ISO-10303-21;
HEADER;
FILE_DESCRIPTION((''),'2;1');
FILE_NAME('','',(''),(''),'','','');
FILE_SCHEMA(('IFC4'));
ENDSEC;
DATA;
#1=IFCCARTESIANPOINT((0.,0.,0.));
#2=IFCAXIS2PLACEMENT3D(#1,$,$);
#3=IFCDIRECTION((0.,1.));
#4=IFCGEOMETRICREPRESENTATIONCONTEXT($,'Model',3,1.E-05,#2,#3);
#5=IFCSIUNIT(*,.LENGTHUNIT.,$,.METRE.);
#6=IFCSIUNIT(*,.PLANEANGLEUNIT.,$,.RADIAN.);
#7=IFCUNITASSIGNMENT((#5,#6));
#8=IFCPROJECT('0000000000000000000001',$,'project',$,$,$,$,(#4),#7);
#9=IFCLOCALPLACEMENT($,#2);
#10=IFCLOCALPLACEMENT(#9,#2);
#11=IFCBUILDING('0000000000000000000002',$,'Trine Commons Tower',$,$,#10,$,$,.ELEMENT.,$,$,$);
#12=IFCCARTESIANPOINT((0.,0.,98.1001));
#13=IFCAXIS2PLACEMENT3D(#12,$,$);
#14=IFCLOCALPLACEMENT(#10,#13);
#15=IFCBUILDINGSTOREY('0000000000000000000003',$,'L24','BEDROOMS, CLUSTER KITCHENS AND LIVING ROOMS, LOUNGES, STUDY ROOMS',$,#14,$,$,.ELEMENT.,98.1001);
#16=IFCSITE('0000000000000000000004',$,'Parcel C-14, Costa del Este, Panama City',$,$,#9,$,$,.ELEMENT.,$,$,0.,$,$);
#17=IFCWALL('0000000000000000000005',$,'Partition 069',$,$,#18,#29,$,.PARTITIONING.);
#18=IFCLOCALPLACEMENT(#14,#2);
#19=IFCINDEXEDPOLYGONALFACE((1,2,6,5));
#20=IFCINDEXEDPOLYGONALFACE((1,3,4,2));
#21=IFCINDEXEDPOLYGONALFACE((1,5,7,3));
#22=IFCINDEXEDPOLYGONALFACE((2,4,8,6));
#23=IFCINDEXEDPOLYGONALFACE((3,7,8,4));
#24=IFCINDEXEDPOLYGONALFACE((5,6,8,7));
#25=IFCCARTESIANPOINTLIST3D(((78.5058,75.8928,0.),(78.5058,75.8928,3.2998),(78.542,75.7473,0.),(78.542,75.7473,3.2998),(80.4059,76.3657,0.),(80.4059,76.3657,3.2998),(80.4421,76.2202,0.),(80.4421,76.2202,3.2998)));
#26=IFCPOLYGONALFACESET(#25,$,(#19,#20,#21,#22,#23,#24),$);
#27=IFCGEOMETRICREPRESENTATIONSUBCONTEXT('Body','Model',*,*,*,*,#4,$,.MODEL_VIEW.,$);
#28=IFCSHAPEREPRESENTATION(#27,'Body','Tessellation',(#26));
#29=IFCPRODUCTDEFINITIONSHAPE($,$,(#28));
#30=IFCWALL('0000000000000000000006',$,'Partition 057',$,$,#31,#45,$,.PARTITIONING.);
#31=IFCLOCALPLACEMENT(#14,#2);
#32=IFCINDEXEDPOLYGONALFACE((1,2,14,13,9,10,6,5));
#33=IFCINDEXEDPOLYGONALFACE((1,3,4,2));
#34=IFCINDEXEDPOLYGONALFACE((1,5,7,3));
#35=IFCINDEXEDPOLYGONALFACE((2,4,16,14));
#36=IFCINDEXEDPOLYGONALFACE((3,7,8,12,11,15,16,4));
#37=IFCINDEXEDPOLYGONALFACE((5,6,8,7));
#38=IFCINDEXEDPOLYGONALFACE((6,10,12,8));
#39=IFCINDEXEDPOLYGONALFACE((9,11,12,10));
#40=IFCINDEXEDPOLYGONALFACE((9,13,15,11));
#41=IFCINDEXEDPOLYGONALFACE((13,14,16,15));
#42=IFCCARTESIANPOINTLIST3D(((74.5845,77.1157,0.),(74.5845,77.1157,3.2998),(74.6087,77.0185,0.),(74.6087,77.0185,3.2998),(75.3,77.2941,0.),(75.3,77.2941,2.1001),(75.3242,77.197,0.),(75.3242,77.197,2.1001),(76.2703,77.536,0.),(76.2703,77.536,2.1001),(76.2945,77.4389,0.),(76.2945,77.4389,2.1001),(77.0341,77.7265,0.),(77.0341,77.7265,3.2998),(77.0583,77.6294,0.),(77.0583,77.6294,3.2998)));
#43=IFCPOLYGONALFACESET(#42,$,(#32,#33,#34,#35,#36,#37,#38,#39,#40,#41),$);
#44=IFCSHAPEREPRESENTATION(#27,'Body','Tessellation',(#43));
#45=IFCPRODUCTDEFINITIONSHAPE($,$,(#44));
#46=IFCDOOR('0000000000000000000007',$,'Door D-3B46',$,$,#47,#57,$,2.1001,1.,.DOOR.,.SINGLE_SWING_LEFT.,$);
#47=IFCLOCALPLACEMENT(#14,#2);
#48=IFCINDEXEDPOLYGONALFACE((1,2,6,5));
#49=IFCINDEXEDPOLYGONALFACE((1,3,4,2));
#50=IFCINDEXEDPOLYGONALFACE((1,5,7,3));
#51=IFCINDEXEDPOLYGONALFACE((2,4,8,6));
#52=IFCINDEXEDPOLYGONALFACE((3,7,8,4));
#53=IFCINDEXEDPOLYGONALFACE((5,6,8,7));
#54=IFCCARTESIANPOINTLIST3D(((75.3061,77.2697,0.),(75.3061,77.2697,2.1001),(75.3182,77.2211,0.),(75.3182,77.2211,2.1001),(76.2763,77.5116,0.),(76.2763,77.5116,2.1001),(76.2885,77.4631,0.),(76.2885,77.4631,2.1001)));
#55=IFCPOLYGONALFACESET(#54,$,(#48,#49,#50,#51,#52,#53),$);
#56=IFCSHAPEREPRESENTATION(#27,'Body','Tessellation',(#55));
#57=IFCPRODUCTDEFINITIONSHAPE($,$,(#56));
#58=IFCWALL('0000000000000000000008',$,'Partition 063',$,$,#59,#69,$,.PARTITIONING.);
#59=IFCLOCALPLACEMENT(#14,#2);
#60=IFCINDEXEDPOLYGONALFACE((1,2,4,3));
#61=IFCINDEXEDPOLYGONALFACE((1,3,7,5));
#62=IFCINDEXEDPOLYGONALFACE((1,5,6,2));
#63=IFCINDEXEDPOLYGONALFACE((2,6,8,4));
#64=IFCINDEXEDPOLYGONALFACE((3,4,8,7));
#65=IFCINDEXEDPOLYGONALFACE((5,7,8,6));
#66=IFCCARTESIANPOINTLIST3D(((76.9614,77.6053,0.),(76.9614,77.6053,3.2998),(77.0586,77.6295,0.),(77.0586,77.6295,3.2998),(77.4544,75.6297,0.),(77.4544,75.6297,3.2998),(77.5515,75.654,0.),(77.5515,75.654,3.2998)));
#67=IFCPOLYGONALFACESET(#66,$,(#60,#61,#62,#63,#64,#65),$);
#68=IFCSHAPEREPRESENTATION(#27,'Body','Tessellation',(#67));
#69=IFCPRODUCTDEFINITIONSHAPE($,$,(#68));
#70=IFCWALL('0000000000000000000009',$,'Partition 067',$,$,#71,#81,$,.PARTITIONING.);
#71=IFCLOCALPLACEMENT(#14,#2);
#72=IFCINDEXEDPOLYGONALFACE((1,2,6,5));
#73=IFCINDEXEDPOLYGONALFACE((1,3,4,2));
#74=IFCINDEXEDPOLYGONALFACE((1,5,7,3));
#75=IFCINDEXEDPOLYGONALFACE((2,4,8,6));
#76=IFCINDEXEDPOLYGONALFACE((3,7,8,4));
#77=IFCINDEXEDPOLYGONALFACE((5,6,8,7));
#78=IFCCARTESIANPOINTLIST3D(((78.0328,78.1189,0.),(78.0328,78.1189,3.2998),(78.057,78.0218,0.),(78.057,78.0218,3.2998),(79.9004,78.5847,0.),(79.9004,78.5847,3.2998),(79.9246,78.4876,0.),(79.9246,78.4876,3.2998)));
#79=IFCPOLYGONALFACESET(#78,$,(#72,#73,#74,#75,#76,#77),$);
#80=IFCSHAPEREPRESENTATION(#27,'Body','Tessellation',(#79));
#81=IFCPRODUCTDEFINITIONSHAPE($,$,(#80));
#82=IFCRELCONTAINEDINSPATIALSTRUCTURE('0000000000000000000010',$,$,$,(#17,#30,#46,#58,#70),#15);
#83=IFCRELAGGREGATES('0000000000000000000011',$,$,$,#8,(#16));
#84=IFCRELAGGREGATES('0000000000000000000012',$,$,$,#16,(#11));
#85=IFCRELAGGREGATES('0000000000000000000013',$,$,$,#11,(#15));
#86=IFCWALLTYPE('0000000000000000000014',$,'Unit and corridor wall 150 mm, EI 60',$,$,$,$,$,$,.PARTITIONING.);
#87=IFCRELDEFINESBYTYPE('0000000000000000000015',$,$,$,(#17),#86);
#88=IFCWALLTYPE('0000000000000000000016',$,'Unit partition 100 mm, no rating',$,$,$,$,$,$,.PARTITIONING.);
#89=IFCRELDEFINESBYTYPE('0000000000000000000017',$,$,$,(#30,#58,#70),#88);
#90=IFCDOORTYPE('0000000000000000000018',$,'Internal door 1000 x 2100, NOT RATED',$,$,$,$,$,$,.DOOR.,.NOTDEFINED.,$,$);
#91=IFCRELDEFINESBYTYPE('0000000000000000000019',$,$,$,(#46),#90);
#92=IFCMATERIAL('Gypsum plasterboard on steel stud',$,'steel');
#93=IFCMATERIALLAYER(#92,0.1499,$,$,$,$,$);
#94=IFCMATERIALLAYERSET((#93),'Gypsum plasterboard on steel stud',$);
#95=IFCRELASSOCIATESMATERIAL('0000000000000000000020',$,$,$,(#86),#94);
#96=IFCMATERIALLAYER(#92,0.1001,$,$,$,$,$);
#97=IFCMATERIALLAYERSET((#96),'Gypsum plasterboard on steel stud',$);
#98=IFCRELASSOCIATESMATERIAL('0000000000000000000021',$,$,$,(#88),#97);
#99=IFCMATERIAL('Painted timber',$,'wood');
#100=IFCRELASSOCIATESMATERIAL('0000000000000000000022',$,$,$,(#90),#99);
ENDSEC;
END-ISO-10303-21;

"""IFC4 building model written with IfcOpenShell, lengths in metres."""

from ifc_helpers import new_model, si_unit, direction, frame, frame_2d, origin, place, context, subcontext, project, spatial, rectangle, extrude, material, layer, layer_set, type_object, element, fill, save


model = new_model("IFC4")

# Units and contexts
model_context = context("Model", 3, precision=1e-05, world=origin(), true_north=direction((0.0, 1.0)))
body_context = subcontext(model_context, "Body", "Model", "MODEL_VIEW")
ifc_project = project(units=[si_unit("LENGTHUNIT", "METRE"), si_unit("PLANEANGLEUNIT", "RADIAN")], contexts=[model_context])

# Site, building, storey
site_placement = place(None, origin())
site = spatial("IfcSite", under=ifc_project, at=site_placement, Name="Parcel C-14, Costa del Este, Panama City", CompositionType="ELEMENT", RefElevation=0.0)
building_placement = place(site_placement, origin())
building = spatial("IfcBuilding", under=site, at=building_placement, Name="Trine Commons Tower", CompositionType="ELEMENT")
storey_placement = place(building_placement, frame((0.0, 0.0, 98.1001)))
storey = spatial("IfcBuildingStorey", under=building, at=storey_placement, Name="L24", Description="BEDROOMS, CLUSTER KITCHENS AND LIVING ROOMS, LOUNGES, STUDY ROOMS", CompositionType="ELEMENT", Elevation=98.1001)

# Shared definitions
ifc_material_1 = material(Name="Gypsum plasterboard on steel stud", Category="steel")
ifc_layer_1 = layer(ifc_material_1, 0.1499)
ifc_layer_set_1 = layer_set([ifc_layer_1], Name="Gypsum plasterboard on steel stud")
wall_type_1 = type_object("IfcWallType", Name="Unit and corridor wall 150 mm, EI 60", PredefinedType="PARTITIONING", material=ifc_layer_set_1)

# Wall
wall_1_placement = place(storey_placement, frame((78.5239, 75.8201, 0.0), z_axis=(0.0, 0.0, 1.0), x_axis=(0.970399, 0.241509, 0.0)))
element("IfcWall", 1, at=wall_1_placement, inside=storey, type_object=wall_type_1, Name="Partition 069", PredefinedType="PARTITIONING", context=body_context, shape_type="SweptSolid", body=[
    extrude(rectangle(XDim=1.958, YDim=0.1499, at=frame_2d((0.979, 0.0))), origin(), (0.0, 0.0, 1.0), 3.2998),
])

# Wall, opening, door
ifc_layer_2 = layer(ifc_material_1, 0.1001)
ifc_layer_set_2 = layer_set([ifc_layer_2], Name="Gypsum plasterboard on steel stud")
wall_type_2 = type_object("IfcWallType", Name="Unit partition 100 mm, no rating", PredefinedType="PARTITIONING", material=ifc_layer_set_2)
wall_2_placement = place(storey_placement, frame((74.5967, 77.0671, 0.0), z_axis=(0.0, 0.0, 1.0), x_axis=(0.97029, 0.241944, 0.0)))
wall_2 = element("IfcWall", 2, at=wall_2_placement, inside=storey, type_object=wall_type_2, Name="Partition 057", PredefinedType="PARTITIONING", context=body_context, shape_type="SweptSolid", body=[
    extrude(rectangle(XDim=2.5247, YDim=0.1001, at=frame_2d((1.2622, 0.0))), origin(), (0.0, 0.0, 1.0), 3.2998),
])
opening_1_placement = place(wall_2_placement, frame((0.7373, 0.0, 0.0)))
opening_1 = element("IfcOpeningElement", 3, at=opening_1_placement, cuts=wall_2, PredefinedType="OPENING", context=body_context, shape_type="SweptSolid", body=[
    extrude(rectangle(XDim=1.0, YDim=2.1001, at=frame_2d((0.5, 1.05))), frame((0.0, 0.0601, 0.0), z_axis=(0.0, -1.0, 0.0), x_axis=(1.0, 0.0, 0.0)), (0.0, 0.0, 1.0), 0.1201),
])
ifc_material_2 = material(Name="Painted timber", Category="wood")
door_type_1 = type_object("IfcDoorType", Name="Internal door 1000 x 2100, NOT RATED", OperationType="NOTDEFINED", PredefinedType="DOOR", material=ifc_material_2)
door_1_placement = place(opening_1_placement, origin())
door_1 = element("IfcDoor", 4, at=door_1_placement, inside=storey, type_object=door_type_1, Name="Door D-3B46", OperationType="SINGLE_SWING_LEFT", OverallHeight=2.1001, OverallWidth=1.0, PredefinedType="DOOR", context=body_context, shape_type="SweptSolid", body=[
    extrude(rectangle(XDim=1.0, YDim=2.1001, at=frame_2d((0.5, 1.05))), frame((0.0, 0.0249, 0.0), z_axis=(0.0, -1.0, 0.0), x_axis=(1.0, 0.0, 0.0)), (0.0, 0.0, 1.0), 0.05),
])
fill(opening_1, door_1)

# Walls
wall_3_placement = place(storey_placement, frame((77.01, 77.6174, 0.0), z_axis=(0.0, 0.0, 1.0), x_axis=(0.242084, -0.970255, 0.0)))
element("IfcWall", 5, at=wall_3_placement, inside=storey, type_object=wall_type_2, Name="Partition 063", PredefinedType="PARTITIONING", context=body_context, shape_type="SweptSolid", body=[
    extrude(rectangle(XDim=2.0361, YDim=0.1001, at=frame_2d((1.0181, 0.0))), origin(), (0.0, 0.0, 1.0), 3.2998),
])
wall_4_placement = place(storey_placement, frame((78.0449, 78.0703, 0.0), z_axis=(0.0, 0.0, 1.0), x_axis=(0.970277, 0.241998, 0.0)))
element("IfcWall", 6, at=wall_4_placement, inside=storey, type_object=wall_type_2, Name="Partition 067", PredefinedType="PARTITIONING", context=body_context, shape_type="SweptSolid", body=[
    extrude(rectangle(XDim=1.9248, YDim=0.1001, at=frame_2d((0.9624, 0.0))), origin(), (0.0, 0.0, 1.0), 3.2998),
])

save(model, "model.ifc")
